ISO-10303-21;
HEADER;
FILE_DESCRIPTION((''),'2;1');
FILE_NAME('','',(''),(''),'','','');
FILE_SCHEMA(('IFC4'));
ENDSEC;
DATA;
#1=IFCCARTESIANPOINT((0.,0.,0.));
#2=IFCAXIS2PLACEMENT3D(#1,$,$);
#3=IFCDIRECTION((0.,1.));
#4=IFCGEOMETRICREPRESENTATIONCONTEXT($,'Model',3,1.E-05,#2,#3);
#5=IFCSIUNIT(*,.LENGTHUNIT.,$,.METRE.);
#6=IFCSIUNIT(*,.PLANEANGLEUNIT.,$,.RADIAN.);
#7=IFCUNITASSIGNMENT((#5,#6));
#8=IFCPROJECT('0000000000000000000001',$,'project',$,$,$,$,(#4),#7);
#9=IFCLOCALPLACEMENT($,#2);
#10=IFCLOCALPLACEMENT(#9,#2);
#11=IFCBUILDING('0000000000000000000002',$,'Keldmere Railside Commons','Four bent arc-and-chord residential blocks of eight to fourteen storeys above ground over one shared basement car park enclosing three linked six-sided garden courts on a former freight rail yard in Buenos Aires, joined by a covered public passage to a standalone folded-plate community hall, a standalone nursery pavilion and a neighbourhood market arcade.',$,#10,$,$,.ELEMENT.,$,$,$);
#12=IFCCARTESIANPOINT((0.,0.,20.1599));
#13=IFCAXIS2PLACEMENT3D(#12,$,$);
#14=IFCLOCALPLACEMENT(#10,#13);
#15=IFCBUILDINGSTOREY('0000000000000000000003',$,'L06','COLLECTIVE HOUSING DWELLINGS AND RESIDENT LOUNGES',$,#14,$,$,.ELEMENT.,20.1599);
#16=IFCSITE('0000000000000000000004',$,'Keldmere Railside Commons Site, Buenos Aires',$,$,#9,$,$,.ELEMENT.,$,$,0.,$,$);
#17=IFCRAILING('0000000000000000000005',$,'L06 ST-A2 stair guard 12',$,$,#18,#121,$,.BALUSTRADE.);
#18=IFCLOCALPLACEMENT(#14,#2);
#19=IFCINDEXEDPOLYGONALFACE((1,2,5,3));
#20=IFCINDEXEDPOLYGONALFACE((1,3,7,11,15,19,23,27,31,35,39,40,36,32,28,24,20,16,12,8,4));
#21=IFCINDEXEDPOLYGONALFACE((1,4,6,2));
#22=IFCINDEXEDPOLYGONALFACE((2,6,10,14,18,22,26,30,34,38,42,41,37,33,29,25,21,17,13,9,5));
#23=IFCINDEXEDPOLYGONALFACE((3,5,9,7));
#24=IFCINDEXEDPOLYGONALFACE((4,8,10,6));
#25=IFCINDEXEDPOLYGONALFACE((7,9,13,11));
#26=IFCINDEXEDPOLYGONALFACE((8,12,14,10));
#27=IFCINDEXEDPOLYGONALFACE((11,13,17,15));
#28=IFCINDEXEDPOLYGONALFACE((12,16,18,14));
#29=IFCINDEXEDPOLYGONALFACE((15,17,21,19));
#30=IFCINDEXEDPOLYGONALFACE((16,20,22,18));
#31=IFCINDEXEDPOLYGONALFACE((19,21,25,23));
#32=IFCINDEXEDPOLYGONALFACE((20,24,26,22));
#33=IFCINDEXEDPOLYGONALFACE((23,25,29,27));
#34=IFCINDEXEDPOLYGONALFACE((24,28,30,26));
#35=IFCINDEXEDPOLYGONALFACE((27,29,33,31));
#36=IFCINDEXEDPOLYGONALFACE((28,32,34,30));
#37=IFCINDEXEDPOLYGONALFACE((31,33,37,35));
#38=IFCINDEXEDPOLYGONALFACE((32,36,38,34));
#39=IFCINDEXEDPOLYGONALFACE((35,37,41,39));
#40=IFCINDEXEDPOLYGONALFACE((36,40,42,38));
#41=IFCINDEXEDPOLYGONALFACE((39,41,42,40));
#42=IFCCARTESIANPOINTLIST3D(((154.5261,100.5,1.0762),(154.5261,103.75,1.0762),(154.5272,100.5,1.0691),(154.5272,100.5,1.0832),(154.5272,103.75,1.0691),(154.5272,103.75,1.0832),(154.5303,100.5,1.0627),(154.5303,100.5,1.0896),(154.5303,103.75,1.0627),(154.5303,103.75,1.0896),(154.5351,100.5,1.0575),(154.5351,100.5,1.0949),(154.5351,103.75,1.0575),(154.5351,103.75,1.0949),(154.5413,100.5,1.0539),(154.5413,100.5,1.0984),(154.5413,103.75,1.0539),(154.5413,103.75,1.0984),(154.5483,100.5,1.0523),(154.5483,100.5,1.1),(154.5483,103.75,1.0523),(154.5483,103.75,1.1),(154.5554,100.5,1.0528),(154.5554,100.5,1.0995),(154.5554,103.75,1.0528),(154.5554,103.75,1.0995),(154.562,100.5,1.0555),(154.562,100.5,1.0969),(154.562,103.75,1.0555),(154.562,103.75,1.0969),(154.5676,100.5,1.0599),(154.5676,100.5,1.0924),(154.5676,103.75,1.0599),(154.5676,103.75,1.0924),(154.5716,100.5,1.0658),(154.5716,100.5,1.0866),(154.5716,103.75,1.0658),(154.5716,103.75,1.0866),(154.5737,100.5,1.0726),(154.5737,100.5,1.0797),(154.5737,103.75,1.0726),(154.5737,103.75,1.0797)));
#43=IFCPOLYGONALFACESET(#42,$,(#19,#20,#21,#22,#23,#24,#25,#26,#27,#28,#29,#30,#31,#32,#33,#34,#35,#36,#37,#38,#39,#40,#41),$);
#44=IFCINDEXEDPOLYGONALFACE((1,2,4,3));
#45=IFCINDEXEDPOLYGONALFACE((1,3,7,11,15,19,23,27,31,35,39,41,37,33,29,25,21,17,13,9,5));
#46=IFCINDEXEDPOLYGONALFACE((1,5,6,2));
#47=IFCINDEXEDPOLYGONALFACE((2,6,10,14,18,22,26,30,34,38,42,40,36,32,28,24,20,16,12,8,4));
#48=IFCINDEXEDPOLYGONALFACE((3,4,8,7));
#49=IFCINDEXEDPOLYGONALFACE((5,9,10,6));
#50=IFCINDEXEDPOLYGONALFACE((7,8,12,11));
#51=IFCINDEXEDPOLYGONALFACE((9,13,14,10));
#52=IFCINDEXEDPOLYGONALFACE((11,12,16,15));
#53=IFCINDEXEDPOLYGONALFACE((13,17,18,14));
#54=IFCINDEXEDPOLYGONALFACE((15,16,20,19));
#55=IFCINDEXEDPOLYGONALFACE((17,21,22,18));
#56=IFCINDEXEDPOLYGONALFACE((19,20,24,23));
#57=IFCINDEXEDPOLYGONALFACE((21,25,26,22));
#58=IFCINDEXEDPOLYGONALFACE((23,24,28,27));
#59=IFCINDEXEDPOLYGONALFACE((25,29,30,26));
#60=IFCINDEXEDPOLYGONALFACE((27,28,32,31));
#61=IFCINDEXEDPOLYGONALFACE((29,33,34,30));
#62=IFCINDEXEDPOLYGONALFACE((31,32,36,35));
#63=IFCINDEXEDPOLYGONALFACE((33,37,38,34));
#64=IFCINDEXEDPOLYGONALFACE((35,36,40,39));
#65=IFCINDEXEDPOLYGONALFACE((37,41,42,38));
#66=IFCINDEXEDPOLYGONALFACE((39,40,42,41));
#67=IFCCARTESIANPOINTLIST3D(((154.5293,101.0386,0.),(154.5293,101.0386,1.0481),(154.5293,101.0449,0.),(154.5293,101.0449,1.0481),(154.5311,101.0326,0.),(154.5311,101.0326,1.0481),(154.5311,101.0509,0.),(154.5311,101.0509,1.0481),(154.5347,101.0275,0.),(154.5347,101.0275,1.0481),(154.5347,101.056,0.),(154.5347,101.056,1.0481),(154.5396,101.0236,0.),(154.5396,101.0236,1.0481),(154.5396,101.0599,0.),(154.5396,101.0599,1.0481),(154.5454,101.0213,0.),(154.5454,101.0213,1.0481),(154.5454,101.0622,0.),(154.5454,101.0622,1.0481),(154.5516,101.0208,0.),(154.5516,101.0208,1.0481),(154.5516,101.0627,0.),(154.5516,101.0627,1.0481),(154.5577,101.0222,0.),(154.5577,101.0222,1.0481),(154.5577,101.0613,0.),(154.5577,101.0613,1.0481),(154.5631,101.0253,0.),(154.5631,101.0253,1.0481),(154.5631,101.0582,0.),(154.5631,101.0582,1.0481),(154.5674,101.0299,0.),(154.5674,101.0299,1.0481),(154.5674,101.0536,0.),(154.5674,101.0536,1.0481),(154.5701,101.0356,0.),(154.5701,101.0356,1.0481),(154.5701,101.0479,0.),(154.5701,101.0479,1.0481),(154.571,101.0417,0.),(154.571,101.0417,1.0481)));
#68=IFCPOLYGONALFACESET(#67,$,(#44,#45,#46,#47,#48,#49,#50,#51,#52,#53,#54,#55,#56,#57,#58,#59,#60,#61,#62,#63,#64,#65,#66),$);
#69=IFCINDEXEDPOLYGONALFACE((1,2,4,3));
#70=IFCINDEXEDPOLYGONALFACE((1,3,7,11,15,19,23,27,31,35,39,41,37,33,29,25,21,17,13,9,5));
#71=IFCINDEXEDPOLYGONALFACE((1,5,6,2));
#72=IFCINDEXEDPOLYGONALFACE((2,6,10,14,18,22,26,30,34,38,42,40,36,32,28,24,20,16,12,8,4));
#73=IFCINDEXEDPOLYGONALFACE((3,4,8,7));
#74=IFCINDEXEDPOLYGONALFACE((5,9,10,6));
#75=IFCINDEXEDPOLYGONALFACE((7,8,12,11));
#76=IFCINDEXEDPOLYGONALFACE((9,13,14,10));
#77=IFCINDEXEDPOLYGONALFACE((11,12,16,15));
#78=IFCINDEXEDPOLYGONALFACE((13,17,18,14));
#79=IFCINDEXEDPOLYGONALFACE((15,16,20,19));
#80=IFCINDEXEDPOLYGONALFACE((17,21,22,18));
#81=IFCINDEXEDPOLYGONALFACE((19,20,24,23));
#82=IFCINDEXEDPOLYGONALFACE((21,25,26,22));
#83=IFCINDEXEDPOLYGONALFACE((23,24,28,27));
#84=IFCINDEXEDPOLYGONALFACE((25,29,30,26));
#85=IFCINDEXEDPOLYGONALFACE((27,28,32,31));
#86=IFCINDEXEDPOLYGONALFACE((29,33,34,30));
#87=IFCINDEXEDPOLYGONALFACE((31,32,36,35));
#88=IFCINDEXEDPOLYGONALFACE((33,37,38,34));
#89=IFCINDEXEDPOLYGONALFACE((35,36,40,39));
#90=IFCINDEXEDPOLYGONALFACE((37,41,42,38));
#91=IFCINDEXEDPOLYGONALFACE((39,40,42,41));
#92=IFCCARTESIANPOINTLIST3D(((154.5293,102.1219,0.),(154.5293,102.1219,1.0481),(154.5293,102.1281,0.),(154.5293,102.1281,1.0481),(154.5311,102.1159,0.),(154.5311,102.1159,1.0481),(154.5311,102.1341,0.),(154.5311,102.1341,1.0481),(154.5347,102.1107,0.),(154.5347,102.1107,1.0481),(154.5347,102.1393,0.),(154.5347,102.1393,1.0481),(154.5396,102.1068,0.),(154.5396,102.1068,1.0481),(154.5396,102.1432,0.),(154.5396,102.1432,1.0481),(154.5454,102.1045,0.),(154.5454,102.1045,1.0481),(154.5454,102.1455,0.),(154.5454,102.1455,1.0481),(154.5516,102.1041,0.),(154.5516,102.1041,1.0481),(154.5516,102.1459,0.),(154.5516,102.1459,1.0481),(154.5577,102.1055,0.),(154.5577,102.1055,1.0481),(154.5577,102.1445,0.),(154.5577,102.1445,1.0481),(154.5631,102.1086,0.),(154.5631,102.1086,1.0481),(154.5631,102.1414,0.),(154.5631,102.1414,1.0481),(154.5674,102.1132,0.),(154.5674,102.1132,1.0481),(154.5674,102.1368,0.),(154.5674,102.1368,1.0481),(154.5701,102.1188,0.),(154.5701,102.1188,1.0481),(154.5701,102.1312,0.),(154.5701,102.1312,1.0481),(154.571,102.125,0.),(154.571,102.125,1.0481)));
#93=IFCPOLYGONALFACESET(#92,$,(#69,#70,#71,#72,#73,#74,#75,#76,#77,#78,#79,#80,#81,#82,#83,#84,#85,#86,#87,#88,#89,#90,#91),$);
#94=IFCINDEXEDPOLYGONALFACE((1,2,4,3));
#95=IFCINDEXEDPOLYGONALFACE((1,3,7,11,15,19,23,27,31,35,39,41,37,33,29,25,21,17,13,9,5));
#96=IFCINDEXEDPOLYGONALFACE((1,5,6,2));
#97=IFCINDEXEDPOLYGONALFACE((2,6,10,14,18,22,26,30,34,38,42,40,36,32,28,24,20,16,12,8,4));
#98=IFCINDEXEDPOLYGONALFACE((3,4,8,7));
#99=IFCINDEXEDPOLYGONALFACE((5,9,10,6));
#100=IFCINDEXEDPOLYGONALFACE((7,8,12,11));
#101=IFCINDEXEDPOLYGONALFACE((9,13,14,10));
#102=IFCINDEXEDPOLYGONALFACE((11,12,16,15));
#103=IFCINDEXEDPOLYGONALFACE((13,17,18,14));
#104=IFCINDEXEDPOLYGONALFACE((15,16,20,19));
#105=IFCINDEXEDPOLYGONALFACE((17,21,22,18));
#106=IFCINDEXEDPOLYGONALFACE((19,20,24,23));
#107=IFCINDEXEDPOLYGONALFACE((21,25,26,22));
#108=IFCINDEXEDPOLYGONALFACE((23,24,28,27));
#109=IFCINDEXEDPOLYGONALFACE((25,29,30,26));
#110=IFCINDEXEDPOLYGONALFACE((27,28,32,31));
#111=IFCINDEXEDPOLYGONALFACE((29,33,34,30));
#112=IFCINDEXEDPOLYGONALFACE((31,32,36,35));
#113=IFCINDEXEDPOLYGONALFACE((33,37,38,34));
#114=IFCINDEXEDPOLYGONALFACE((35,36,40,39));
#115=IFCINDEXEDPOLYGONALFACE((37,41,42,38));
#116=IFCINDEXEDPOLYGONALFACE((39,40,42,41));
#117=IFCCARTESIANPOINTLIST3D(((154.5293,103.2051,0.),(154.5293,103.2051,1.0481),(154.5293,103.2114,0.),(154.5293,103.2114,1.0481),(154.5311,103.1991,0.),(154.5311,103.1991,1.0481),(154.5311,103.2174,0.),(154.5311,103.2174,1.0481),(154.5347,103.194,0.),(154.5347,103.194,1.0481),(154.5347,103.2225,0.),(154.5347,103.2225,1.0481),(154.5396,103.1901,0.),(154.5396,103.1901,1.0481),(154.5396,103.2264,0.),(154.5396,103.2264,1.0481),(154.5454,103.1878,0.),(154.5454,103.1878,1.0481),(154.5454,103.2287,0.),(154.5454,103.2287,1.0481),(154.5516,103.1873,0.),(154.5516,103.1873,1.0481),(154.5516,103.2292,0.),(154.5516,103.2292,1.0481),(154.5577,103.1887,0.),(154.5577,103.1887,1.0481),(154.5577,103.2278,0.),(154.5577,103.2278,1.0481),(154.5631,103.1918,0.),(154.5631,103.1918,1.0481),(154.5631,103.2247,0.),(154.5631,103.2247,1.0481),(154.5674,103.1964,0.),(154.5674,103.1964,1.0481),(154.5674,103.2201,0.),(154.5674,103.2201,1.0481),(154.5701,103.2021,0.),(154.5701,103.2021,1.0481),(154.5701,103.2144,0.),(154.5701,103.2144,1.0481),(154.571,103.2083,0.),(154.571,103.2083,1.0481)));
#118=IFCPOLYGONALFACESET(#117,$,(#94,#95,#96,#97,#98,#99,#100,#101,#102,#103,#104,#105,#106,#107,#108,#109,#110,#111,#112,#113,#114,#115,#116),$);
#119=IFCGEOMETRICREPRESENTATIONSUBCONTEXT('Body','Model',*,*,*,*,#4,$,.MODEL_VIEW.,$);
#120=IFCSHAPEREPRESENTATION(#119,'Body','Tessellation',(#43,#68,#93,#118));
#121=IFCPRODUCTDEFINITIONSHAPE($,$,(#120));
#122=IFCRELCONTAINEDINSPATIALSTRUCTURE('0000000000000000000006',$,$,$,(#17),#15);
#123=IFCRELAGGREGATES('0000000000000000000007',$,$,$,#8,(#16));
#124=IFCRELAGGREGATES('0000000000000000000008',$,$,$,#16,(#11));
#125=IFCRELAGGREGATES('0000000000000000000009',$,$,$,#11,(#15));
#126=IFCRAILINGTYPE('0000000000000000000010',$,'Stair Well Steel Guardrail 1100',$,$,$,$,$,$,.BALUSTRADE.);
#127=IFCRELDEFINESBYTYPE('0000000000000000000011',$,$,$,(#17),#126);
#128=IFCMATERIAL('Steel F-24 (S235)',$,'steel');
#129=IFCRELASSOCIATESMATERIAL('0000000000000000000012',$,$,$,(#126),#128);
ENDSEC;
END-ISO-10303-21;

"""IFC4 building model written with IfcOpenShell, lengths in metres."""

from ifc_helpers import new_model, si_unit, direction, frame, origin, origin_2d, place, context, subcontext, project, spatial, circle, extrude, material, type_object, element, save


model = new_model("IFC4")

# Units and contexts
model_context = context("Model", 3, precision=1e-05, world=origin(), true_north=direction((0.0, 1.0)))
body_context = subcontext(model_context, "Body", "Model", "MODEL_VIEW")
ifc_project = project(units=[si_unit("LENGTHUNIT", "METRE"), si_unit("PLANEANGLEUNIT", "RADIAN")], contexts=[model_context])

# Site, building, storey
site_placement = place(None, origin())
site = spatial("IfcSite", under=ifc_project, at=site_placement, Name="Keldmere Railside Commons Site, Buenos Aires", CompositionType="ELEMENT", RefElevation=0.0)
building_placement = place(site_placement, origin())
building = spatial("IfcBuilding", under=site, at=building_placement, Name="Keldmere Railside Commons", Description="Four bent arc-and-chord residential blocks of eight to fourteen storeys above ground over one shared basement car park enclosing three linked six-sided garden courts on a former freight rail yard in Buenos Aires, joined by a covered public passage to a standalone folded-plate community hall, a standalone nursery pavilion and a neighbourhood market arcade.", CompositionType="ELEMENT")
storey_placement = place(building_placement, frame((0.0, 0.0, 20.1599)))
storey = spatial("IfcBuildingStorey", under=building, at=storey_placement, Name="L06", Description="COLLECTIVE HOUSING DWELLINGS AND RESIDENT LOUNGES", CompositionType="ELEMENT", Elevation=20.1599)

# Railing
ifc_material_1 = material(Name="Steel F-24 (S235)", Category="steel")
railing_type_1 = type_object("IfcRailingType", Name="Stair Well Steel Guardrail 1100", PredefinedType="BALUSTRADE", material=ifc_material_1)
railing_1_placement = place(storey_placement, frame((154.55, 100.5, 0.0)))
element("IfcRailing", 1, at=railing_1_placement, inside=storey, type_object=railing_type_1, Name="L06 ST-A2 stair guard 12", PredefinedType="BALUSTRADE", context=body_context, shape_type="SweptSolid", body=[
    extrude(circle(Radius=0.0239, at=origin_2d()), frame((0.0, 0.0, 1.0762), z_axis=(0.0, 1.0, 0.0), x_axis=(-1.0, 0.0, 0.0)), (0.0, 0.0, 1.0), 3.25),
    extrude(circle(Radius=0.021, at=origin_2d()), frame((0.0, 0.5417, 0.0)), (0.0, 0.0, 1.0), 1.0481),
    extrude(circle(Radius=0.021, at=origin_2d()), frame((0.0, 1.625, 0.0)), (0.0, 0.0, 1.0), 1.0481),
    extrude(circle(Radius=0.021, at=origin_2d()), frame((0.0, 2.7083, 0.0)), (0.0, 0.0, 1.0), 1.0481),
])

save(model, "model.ifc")
